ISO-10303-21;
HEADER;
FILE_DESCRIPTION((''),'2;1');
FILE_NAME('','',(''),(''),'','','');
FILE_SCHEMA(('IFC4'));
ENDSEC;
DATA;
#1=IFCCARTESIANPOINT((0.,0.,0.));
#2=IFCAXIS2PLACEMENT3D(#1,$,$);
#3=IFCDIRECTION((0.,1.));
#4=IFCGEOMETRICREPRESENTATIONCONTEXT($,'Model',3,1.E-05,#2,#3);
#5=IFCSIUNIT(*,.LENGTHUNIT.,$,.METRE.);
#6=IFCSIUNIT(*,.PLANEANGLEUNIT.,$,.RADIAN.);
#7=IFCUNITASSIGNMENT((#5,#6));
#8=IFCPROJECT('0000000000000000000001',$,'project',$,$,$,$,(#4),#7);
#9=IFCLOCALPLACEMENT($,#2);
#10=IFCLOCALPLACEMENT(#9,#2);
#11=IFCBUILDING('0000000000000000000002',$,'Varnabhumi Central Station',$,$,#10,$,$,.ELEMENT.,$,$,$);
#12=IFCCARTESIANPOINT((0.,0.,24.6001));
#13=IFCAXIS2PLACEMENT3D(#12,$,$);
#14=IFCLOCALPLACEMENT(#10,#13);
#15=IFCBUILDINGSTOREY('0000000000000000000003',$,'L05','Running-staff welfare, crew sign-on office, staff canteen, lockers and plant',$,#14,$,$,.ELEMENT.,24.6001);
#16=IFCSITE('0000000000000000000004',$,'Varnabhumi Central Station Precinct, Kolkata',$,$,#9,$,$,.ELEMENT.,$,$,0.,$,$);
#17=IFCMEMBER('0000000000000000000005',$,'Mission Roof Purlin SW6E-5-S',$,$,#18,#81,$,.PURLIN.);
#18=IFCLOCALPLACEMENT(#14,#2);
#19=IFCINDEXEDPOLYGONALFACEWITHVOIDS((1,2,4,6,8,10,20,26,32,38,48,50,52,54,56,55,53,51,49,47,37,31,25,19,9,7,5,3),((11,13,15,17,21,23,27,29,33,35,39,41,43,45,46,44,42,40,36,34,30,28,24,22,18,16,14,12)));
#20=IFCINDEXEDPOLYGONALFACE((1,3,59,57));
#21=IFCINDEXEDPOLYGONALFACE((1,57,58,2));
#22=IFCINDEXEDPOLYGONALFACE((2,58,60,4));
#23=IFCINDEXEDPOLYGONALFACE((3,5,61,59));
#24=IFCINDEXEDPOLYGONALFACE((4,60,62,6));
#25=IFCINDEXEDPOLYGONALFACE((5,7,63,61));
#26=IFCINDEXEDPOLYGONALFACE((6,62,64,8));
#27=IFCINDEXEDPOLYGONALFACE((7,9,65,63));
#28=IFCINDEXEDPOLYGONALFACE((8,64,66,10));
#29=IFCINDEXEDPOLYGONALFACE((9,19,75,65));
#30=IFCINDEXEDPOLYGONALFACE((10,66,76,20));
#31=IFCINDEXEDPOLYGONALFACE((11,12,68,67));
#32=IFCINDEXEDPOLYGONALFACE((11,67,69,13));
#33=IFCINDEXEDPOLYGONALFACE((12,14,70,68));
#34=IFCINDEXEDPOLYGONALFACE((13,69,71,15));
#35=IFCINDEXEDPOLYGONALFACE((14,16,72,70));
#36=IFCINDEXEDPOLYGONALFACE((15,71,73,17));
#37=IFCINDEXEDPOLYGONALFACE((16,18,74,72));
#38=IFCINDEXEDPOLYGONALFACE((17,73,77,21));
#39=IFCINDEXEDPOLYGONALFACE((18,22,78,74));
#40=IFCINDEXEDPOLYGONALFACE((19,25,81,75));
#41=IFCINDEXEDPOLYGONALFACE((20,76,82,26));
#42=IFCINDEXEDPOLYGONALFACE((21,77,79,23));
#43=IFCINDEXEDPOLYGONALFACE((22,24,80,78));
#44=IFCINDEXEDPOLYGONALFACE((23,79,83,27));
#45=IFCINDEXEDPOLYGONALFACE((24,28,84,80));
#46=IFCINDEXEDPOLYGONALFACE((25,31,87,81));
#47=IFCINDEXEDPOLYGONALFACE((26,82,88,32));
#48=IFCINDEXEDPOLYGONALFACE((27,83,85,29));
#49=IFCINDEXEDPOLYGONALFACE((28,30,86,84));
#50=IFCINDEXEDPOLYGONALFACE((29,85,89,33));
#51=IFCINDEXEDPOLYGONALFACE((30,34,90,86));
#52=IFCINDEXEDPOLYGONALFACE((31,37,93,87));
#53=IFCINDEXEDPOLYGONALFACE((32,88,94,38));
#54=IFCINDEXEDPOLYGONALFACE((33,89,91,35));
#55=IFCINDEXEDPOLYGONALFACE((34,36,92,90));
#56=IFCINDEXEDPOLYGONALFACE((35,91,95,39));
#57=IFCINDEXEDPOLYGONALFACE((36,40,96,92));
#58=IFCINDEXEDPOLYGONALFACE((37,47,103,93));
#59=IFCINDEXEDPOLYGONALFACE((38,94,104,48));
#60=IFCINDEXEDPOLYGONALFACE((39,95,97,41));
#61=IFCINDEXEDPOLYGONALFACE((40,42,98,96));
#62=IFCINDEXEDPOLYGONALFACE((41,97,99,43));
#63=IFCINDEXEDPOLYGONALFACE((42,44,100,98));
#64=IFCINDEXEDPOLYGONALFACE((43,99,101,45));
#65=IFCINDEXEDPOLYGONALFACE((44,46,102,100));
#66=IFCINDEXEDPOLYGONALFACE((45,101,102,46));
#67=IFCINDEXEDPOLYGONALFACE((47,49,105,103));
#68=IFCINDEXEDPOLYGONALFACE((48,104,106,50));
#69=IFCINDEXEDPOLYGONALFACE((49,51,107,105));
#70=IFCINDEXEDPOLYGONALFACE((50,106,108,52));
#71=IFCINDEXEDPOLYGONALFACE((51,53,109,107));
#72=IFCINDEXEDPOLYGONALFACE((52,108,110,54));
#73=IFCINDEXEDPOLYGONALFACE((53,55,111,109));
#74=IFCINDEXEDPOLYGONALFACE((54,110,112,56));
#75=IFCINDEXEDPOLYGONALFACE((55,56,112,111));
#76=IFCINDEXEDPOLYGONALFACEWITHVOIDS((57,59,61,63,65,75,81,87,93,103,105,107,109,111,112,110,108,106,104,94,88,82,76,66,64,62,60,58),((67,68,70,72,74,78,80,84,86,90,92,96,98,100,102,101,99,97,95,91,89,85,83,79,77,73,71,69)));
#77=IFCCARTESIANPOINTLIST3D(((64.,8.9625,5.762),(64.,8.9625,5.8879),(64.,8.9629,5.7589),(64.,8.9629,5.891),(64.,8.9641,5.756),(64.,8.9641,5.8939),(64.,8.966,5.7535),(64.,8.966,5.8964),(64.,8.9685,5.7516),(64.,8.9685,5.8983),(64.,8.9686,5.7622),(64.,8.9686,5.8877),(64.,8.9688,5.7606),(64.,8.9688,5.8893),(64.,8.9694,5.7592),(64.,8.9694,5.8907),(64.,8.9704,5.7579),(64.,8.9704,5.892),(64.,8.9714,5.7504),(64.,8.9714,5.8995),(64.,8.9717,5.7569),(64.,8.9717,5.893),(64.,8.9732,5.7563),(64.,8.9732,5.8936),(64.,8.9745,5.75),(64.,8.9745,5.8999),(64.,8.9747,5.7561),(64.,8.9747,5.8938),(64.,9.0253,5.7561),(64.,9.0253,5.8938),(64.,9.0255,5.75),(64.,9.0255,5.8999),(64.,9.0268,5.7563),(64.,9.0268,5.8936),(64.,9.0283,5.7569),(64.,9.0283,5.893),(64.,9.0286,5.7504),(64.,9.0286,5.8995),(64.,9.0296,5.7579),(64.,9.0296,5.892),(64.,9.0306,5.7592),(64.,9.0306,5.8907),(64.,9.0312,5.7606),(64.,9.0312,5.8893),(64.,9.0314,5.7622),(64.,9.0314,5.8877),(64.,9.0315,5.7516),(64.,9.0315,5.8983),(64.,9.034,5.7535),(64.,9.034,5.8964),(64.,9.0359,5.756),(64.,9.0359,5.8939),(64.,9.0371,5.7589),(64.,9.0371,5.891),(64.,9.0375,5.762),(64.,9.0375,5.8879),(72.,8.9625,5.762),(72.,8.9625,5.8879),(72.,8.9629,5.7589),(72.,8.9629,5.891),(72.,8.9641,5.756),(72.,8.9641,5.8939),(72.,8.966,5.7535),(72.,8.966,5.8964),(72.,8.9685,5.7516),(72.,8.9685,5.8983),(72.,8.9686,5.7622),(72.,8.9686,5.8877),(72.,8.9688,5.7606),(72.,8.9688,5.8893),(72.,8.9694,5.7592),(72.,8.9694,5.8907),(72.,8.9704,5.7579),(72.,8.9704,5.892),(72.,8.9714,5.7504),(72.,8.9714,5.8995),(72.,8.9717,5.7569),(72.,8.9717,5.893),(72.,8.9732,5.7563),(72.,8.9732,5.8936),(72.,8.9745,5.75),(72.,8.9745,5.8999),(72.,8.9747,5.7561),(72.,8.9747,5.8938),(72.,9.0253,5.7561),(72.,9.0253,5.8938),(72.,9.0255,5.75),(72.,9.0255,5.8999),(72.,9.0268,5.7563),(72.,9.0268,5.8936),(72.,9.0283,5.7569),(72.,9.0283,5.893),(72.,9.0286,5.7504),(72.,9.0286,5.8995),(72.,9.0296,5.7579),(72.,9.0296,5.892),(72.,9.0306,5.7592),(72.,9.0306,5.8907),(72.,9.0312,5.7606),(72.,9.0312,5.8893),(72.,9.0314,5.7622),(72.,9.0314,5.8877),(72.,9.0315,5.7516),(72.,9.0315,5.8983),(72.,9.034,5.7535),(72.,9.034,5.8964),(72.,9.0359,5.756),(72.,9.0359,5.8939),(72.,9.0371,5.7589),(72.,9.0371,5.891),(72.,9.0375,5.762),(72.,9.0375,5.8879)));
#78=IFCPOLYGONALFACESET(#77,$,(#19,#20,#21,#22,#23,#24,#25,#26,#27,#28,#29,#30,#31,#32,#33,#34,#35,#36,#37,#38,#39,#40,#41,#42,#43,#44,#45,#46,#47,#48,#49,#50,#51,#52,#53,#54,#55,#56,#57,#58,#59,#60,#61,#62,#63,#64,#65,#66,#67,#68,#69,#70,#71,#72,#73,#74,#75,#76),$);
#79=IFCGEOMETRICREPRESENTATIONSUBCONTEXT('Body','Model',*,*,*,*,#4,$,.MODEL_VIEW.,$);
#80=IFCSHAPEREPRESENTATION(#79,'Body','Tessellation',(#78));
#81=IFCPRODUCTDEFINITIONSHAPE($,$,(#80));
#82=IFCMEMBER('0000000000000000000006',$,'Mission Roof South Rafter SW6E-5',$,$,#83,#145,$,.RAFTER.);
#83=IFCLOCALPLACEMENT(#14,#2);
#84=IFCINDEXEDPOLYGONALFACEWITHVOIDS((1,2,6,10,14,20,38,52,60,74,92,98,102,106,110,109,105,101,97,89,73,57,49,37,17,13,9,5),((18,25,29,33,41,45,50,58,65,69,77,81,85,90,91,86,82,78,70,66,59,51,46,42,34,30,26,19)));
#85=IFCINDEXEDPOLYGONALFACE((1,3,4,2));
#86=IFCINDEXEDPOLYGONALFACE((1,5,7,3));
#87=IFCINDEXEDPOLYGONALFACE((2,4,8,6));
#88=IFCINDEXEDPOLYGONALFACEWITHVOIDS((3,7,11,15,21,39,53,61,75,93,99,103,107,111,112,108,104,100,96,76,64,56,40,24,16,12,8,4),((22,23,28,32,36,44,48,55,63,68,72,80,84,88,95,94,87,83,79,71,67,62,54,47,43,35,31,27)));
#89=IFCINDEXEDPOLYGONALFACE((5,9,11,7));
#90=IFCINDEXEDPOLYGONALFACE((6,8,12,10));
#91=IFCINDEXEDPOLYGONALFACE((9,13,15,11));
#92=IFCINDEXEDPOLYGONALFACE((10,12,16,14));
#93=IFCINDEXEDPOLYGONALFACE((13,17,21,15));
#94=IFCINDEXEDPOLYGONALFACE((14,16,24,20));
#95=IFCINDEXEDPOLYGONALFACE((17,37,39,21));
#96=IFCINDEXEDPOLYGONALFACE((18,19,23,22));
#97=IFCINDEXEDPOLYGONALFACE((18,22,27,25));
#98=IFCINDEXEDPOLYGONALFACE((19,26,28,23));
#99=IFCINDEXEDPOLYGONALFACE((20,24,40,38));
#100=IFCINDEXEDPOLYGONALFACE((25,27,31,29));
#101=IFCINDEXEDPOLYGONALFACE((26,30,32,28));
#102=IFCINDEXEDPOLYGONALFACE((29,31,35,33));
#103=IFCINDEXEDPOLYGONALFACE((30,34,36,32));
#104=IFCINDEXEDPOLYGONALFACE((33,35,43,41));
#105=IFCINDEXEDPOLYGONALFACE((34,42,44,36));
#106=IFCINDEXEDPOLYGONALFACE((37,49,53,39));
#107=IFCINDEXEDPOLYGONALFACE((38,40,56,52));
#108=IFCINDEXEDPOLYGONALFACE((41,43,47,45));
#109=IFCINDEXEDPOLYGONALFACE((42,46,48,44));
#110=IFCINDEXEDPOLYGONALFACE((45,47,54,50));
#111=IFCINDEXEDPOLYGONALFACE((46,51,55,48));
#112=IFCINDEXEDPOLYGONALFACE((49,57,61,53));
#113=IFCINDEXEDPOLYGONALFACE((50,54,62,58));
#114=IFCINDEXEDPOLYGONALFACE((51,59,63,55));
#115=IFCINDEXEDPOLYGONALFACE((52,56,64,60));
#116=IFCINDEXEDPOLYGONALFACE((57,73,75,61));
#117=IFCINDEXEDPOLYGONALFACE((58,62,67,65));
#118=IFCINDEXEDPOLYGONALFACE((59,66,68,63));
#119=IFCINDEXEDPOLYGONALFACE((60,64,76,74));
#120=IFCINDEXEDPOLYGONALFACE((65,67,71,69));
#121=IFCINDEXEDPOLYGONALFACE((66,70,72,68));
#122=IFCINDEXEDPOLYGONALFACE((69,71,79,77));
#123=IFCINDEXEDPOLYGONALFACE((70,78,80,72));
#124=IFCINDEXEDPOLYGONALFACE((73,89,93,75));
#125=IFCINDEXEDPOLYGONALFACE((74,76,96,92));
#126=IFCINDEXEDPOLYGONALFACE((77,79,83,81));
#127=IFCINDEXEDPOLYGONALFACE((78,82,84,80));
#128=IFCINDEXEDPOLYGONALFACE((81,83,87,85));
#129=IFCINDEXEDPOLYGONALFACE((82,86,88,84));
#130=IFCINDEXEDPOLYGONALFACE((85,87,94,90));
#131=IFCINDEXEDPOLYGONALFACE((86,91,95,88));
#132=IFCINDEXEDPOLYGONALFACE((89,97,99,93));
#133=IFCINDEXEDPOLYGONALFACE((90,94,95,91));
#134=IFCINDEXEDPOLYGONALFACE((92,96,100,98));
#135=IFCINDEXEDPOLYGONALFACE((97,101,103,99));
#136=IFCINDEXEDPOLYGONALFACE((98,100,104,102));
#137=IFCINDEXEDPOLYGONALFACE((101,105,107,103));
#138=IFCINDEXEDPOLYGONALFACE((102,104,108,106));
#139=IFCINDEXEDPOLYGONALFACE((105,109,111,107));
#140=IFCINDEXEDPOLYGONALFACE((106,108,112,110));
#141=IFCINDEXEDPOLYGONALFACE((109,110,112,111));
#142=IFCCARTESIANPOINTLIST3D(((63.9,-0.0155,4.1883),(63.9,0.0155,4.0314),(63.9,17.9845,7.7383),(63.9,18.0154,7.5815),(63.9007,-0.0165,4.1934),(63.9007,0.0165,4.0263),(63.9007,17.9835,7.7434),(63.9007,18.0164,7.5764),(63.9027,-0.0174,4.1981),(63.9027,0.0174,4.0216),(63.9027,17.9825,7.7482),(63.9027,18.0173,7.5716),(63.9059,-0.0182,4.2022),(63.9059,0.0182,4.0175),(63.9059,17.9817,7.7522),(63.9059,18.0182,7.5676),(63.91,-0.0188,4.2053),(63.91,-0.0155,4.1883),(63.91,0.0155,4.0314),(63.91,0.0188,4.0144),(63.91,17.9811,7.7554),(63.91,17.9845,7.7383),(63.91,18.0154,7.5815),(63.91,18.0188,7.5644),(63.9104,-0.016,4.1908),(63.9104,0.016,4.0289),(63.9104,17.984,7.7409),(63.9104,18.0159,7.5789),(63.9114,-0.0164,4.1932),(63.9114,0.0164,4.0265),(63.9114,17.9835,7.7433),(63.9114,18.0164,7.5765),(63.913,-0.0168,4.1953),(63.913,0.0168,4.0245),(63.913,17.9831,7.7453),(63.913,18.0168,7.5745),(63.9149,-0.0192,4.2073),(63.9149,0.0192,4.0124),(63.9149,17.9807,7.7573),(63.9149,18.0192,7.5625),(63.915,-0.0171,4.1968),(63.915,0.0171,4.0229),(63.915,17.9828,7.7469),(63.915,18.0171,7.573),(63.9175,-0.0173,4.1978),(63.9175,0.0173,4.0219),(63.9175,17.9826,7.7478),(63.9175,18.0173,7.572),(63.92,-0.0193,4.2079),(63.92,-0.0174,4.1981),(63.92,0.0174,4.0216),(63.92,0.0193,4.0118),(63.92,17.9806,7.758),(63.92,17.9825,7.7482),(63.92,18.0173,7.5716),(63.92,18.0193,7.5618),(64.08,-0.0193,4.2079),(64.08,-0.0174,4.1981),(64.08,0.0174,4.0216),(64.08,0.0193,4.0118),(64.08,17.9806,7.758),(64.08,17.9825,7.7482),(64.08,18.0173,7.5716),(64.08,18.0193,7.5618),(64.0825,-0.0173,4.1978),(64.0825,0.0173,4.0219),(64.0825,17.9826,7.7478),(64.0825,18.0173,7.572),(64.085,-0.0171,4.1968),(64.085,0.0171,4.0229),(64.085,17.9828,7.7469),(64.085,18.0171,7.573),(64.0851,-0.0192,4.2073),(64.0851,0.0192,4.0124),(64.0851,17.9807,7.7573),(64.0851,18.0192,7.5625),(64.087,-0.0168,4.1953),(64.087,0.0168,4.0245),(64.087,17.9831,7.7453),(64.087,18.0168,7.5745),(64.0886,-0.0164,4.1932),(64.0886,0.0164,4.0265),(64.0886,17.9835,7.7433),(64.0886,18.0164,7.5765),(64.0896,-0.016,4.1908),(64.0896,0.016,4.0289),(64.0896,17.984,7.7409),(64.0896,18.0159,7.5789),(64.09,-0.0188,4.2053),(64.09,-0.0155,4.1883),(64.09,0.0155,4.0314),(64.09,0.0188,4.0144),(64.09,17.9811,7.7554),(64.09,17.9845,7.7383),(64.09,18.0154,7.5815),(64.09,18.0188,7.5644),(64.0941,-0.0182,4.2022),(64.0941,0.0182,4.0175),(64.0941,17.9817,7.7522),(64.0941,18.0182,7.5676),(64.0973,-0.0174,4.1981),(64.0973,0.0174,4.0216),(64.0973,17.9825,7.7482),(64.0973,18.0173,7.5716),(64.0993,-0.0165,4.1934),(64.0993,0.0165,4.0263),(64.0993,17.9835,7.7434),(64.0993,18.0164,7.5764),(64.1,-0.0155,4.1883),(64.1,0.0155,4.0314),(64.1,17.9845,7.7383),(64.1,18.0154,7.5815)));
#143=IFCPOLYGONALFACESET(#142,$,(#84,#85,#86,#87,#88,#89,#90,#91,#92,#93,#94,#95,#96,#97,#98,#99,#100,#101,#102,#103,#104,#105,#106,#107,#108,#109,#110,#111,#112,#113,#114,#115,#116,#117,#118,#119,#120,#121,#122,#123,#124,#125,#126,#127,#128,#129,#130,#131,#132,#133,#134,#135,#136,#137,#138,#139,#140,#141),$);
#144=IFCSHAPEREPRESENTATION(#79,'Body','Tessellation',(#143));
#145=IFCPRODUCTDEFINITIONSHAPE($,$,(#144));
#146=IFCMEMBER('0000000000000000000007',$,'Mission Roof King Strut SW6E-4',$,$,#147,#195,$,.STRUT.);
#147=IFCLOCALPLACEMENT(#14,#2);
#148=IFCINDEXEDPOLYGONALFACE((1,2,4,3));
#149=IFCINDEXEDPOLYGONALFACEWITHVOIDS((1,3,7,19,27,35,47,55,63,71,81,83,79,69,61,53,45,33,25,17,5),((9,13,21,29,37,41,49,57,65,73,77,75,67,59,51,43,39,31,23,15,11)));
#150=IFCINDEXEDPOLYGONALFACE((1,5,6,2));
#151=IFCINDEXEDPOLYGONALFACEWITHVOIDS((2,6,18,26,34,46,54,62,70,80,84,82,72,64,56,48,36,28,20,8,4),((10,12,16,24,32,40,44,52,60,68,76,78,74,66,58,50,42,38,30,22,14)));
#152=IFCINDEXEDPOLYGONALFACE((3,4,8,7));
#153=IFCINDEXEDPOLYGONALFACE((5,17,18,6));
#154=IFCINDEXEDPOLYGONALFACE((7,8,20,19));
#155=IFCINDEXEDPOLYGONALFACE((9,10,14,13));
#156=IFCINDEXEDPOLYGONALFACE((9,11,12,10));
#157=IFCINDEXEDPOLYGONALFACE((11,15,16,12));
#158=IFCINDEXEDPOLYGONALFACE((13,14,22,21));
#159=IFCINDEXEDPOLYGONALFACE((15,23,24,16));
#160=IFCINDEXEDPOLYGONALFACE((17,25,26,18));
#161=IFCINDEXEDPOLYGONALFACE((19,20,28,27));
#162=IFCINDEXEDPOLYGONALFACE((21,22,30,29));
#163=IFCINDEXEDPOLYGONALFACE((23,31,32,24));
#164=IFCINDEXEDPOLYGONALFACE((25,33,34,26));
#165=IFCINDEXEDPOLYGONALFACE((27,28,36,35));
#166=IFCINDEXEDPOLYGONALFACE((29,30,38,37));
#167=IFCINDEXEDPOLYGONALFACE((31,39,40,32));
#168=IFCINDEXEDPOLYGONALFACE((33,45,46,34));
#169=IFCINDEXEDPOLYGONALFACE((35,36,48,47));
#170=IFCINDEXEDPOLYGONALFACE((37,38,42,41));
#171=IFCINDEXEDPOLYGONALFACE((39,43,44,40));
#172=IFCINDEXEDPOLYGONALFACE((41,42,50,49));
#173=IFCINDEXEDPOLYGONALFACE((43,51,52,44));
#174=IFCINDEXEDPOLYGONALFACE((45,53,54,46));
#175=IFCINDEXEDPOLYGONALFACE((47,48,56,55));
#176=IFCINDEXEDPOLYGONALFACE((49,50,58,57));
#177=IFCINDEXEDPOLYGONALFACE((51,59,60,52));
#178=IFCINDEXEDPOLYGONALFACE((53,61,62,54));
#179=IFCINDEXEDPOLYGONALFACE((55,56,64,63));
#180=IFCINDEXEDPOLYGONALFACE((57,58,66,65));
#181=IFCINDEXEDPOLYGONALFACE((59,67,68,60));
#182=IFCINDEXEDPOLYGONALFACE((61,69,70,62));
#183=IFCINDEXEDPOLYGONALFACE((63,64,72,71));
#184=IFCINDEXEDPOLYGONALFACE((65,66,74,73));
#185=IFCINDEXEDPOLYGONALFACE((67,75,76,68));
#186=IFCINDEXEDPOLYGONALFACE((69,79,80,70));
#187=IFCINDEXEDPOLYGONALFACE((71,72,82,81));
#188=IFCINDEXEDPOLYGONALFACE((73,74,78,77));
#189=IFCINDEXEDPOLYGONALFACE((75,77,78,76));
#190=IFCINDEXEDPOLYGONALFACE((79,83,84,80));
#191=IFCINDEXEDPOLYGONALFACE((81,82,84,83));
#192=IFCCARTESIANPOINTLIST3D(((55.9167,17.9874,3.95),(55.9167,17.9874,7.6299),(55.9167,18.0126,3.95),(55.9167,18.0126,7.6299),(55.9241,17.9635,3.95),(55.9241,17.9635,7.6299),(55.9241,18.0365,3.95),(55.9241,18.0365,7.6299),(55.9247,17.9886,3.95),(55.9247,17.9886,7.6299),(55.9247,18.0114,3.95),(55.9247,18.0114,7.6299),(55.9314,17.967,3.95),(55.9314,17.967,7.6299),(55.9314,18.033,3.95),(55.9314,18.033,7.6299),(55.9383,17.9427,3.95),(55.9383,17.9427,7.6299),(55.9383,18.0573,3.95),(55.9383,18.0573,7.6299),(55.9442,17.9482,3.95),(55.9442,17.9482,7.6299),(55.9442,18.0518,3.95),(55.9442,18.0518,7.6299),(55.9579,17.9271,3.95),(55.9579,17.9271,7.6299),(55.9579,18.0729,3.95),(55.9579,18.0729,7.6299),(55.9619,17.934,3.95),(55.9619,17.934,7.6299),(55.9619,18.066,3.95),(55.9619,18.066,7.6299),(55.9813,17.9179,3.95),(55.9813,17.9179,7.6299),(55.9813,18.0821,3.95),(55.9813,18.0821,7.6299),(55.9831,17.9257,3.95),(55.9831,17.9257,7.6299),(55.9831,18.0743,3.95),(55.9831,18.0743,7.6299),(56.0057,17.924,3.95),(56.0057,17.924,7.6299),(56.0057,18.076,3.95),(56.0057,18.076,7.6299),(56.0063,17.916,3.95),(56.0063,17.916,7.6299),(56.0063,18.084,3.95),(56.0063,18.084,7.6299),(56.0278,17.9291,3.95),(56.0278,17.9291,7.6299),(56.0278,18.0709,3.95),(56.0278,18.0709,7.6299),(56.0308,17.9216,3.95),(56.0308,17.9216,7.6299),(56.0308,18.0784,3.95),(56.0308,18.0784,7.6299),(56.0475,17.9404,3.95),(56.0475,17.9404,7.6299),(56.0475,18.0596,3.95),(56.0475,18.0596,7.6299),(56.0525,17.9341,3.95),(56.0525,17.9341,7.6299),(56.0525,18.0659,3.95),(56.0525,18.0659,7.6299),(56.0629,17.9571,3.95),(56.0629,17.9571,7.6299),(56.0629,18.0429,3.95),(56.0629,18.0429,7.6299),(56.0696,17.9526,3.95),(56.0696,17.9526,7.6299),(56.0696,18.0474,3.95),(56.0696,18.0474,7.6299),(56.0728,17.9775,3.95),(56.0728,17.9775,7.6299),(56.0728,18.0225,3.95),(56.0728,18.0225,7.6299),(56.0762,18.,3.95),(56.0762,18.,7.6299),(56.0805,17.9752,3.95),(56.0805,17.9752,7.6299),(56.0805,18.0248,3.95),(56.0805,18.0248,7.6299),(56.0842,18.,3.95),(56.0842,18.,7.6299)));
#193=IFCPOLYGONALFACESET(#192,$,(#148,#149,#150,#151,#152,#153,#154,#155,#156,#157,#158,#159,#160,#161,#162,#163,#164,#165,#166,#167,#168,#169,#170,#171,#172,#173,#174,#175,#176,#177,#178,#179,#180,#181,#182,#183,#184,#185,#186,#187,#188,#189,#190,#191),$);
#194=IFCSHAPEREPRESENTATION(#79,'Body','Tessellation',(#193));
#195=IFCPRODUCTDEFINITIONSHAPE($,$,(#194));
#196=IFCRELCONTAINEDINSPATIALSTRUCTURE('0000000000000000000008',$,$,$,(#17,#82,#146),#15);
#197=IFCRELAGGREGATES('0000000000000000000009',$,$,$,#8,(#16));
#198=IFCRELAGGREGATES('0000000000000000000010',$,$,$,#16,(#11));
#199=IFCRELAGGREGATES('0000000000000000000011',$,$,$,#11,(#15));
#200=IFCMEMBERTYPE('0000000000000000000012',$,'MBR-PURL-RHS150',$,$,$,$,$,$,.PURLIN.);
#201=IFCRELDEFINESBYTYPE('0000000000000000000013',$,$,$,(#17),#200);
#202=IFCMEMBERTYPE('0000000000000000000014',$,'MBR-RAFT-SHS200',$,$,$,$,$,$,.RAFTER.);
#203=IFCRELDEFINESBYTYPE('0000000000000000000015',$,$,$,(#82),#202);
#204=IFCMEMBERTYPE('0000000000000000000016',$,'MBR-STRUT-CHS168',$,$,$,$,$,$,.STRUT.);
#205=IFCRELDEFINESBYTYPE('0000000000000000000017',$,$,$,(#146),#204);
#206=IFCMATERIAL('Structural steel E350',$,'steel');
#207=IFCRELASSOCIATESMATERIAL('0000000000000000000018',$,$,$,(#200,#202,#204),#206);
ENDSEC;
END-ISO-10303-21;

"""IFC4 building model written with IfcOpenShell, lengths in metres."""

from ifc_helpers import new_model, si_unit, direction, frame, origin, origin_2d, place, context, subcontext, project, spatial, hollow_rectangle, hollow_circle, extrude, material, material_profile, profile_set, type_object, element, save


model = new_model("IFC4")

# Units and contexts
model_context = context("Model", 3, precision=1e-05, world=origin(), true_north=direction((0.0, 1.0)))
body_context = subcontext(model_context, "Body", "Model", "MODEL_VIEW")
ifc_project = project(units=[si_unit("LENGTHUNIT", "METRE"), si_unit("PLANEANGLEUNIT", "RADIAN")], contexts=[model_context])

# Site, building, storey
site_placement = place(None, origin())
site = spatial("IfcSite", under=ifc_project, at=site_placement, Name="Varnabhumi Central Station Precinct, Kolkata", CompositionType="ELEMENT", RefElevation=0.0)
building_placement = place(site_placement, origin())
building = spatial("IfcBuilding", under=site, at=building_placement, Name="Varnabhumi Central Station", CompositionType="ELEMENT")
storey_placement = place(building_placement, frame((0.0, 0.0, 24.6001)))
storey = spatial("IfcBuildingStorey", under=building, at=storey_placement, Name="L05", Description="Running-staff welfare, crew sign-on office, staff canteen, lockers and plant", CompositionType="ELEMENT", Elevation=24.6001)

# Shared definitions
ifc_material_1 = material(Name="Structural steel E350", Category="steel")

# Members
ifc_material_profile_1 = material_profile(ifc_material_1, hollow_rectangle(XDim=0.075, YDim=0.1499, WallThickness=0.0061, InnerFilletRadius=0.0061, OuterFilletRadius=0.012, at=origin_2d()), Name="Structural steel E350", Category="steel")
ifc_profile_set_1 = profile_set([ifc_material_profile_1], Name="Structural steel E350")
member_type_1 = type_object("IfcMemberType", Name="MBR-PURL-RHS150", PredefinedType="PURLIN", material=ifc_profile_set_1)
member_1_placement = place(storey_placement, frame((64.0, 9.0, 5.825), z_axis=(1.0, 0.0, 0.0), x_axis=(0.0, 1.0, 0.0)))
element("IfcMember", 1, at=member_1_placement, inside=storey, type_object=member_type_1, Name="Mission Roof Purlin SW6E-5-S", PredefinedType="PURLIN", context=body_context, shape_type="SweptSolid", body=[
    extrude(hollow_rectangle(XDim=0.075, YDim=0.1499, WallThickness=0.0061, InnerFilletRadius=0.0061, OuterFilletRadius=0.012, at=origin_2d()), origin(), (0.0, 0.0, 1.0), 8.0),
])
ifc_material_profile_2 = material_profile(ifc_material_1, hollow_rectangle(XDim=0.2, YDim=0.2, WallThickness=0.01, InnerFilletRadius=0.01, OuterFilletRadius=0.02, at=origin_2d()), Name="Structural steel E350", Category="steel")
ifc_profile_set_2 = profile_set([ifc_material_profile_2], Name="Structural steel E350")
member_type_2 = type_object("IfcMemberType", Name="MBR-RAFT-SHS200", PredefinedType="RAFTER", material=ifc_profile_set_2)
member_2_placement = place(storey_placement, frame((64.0, 0.0, 4.1099), z_axis=(0.0, 0.981101, 0.193498), x_axis=(-1.0, 0.0, 0.0)))
element("IfcMember", 2, at=member_2_placement, inside=storey, type_object=member_type_2, Name="Mission Roof South Rafter SW6E-5", PredefinedType="RAFTER", context=body_context, shape_type="SweptSolid", body=[
    extrude(hollow_rectangle(XDim=0.2, YDim=0.2, WallThickness=0.01, InnerFilletRadius=0.01, OuterFilletRadius=0.02, at=origin_2d()), origin(), (0.0, 0.0, 1.0), 18.3467),
])
ifc_material_profile_3 = material_profile(ifc_material_1, hollow_circle(Radius=0.0842, WallThickness=0.0081, at=origin_2d()), Name="Structural steel E350", Category="steel")
ifc_profile_set_3 = profile_set([ifc_material_profile_3], Name="Structural steel E350")
member_type_3 = type_object("IfcMemberType", Name="MBR-STRUT-CHS168", PredefinedType="STRUT", material=ifc_profile_set_3)
member_3_placement = place(storey_placement, frame((56.0, 18.0, 3.95), z_axis=(0.0, 0.0, 1.0), x_axis=(1.0, 0.0, 0.0)))
element("IfcMember", 3, at=member_3_placement, inside=storey, type_object=member_type_3, Name="Mission Roof King Strut SW6E-4", PredefinedType="STRUT", context=body_context, shape_type="SweptSolid", body=[
    extrude(hollow_circle(Radius=0.0842, WallThickness=0.0081, at=origin_2d()), origin(), (0.0, 0.0, 1.0), 3.6799),
])

save(model, "model.ifc")
